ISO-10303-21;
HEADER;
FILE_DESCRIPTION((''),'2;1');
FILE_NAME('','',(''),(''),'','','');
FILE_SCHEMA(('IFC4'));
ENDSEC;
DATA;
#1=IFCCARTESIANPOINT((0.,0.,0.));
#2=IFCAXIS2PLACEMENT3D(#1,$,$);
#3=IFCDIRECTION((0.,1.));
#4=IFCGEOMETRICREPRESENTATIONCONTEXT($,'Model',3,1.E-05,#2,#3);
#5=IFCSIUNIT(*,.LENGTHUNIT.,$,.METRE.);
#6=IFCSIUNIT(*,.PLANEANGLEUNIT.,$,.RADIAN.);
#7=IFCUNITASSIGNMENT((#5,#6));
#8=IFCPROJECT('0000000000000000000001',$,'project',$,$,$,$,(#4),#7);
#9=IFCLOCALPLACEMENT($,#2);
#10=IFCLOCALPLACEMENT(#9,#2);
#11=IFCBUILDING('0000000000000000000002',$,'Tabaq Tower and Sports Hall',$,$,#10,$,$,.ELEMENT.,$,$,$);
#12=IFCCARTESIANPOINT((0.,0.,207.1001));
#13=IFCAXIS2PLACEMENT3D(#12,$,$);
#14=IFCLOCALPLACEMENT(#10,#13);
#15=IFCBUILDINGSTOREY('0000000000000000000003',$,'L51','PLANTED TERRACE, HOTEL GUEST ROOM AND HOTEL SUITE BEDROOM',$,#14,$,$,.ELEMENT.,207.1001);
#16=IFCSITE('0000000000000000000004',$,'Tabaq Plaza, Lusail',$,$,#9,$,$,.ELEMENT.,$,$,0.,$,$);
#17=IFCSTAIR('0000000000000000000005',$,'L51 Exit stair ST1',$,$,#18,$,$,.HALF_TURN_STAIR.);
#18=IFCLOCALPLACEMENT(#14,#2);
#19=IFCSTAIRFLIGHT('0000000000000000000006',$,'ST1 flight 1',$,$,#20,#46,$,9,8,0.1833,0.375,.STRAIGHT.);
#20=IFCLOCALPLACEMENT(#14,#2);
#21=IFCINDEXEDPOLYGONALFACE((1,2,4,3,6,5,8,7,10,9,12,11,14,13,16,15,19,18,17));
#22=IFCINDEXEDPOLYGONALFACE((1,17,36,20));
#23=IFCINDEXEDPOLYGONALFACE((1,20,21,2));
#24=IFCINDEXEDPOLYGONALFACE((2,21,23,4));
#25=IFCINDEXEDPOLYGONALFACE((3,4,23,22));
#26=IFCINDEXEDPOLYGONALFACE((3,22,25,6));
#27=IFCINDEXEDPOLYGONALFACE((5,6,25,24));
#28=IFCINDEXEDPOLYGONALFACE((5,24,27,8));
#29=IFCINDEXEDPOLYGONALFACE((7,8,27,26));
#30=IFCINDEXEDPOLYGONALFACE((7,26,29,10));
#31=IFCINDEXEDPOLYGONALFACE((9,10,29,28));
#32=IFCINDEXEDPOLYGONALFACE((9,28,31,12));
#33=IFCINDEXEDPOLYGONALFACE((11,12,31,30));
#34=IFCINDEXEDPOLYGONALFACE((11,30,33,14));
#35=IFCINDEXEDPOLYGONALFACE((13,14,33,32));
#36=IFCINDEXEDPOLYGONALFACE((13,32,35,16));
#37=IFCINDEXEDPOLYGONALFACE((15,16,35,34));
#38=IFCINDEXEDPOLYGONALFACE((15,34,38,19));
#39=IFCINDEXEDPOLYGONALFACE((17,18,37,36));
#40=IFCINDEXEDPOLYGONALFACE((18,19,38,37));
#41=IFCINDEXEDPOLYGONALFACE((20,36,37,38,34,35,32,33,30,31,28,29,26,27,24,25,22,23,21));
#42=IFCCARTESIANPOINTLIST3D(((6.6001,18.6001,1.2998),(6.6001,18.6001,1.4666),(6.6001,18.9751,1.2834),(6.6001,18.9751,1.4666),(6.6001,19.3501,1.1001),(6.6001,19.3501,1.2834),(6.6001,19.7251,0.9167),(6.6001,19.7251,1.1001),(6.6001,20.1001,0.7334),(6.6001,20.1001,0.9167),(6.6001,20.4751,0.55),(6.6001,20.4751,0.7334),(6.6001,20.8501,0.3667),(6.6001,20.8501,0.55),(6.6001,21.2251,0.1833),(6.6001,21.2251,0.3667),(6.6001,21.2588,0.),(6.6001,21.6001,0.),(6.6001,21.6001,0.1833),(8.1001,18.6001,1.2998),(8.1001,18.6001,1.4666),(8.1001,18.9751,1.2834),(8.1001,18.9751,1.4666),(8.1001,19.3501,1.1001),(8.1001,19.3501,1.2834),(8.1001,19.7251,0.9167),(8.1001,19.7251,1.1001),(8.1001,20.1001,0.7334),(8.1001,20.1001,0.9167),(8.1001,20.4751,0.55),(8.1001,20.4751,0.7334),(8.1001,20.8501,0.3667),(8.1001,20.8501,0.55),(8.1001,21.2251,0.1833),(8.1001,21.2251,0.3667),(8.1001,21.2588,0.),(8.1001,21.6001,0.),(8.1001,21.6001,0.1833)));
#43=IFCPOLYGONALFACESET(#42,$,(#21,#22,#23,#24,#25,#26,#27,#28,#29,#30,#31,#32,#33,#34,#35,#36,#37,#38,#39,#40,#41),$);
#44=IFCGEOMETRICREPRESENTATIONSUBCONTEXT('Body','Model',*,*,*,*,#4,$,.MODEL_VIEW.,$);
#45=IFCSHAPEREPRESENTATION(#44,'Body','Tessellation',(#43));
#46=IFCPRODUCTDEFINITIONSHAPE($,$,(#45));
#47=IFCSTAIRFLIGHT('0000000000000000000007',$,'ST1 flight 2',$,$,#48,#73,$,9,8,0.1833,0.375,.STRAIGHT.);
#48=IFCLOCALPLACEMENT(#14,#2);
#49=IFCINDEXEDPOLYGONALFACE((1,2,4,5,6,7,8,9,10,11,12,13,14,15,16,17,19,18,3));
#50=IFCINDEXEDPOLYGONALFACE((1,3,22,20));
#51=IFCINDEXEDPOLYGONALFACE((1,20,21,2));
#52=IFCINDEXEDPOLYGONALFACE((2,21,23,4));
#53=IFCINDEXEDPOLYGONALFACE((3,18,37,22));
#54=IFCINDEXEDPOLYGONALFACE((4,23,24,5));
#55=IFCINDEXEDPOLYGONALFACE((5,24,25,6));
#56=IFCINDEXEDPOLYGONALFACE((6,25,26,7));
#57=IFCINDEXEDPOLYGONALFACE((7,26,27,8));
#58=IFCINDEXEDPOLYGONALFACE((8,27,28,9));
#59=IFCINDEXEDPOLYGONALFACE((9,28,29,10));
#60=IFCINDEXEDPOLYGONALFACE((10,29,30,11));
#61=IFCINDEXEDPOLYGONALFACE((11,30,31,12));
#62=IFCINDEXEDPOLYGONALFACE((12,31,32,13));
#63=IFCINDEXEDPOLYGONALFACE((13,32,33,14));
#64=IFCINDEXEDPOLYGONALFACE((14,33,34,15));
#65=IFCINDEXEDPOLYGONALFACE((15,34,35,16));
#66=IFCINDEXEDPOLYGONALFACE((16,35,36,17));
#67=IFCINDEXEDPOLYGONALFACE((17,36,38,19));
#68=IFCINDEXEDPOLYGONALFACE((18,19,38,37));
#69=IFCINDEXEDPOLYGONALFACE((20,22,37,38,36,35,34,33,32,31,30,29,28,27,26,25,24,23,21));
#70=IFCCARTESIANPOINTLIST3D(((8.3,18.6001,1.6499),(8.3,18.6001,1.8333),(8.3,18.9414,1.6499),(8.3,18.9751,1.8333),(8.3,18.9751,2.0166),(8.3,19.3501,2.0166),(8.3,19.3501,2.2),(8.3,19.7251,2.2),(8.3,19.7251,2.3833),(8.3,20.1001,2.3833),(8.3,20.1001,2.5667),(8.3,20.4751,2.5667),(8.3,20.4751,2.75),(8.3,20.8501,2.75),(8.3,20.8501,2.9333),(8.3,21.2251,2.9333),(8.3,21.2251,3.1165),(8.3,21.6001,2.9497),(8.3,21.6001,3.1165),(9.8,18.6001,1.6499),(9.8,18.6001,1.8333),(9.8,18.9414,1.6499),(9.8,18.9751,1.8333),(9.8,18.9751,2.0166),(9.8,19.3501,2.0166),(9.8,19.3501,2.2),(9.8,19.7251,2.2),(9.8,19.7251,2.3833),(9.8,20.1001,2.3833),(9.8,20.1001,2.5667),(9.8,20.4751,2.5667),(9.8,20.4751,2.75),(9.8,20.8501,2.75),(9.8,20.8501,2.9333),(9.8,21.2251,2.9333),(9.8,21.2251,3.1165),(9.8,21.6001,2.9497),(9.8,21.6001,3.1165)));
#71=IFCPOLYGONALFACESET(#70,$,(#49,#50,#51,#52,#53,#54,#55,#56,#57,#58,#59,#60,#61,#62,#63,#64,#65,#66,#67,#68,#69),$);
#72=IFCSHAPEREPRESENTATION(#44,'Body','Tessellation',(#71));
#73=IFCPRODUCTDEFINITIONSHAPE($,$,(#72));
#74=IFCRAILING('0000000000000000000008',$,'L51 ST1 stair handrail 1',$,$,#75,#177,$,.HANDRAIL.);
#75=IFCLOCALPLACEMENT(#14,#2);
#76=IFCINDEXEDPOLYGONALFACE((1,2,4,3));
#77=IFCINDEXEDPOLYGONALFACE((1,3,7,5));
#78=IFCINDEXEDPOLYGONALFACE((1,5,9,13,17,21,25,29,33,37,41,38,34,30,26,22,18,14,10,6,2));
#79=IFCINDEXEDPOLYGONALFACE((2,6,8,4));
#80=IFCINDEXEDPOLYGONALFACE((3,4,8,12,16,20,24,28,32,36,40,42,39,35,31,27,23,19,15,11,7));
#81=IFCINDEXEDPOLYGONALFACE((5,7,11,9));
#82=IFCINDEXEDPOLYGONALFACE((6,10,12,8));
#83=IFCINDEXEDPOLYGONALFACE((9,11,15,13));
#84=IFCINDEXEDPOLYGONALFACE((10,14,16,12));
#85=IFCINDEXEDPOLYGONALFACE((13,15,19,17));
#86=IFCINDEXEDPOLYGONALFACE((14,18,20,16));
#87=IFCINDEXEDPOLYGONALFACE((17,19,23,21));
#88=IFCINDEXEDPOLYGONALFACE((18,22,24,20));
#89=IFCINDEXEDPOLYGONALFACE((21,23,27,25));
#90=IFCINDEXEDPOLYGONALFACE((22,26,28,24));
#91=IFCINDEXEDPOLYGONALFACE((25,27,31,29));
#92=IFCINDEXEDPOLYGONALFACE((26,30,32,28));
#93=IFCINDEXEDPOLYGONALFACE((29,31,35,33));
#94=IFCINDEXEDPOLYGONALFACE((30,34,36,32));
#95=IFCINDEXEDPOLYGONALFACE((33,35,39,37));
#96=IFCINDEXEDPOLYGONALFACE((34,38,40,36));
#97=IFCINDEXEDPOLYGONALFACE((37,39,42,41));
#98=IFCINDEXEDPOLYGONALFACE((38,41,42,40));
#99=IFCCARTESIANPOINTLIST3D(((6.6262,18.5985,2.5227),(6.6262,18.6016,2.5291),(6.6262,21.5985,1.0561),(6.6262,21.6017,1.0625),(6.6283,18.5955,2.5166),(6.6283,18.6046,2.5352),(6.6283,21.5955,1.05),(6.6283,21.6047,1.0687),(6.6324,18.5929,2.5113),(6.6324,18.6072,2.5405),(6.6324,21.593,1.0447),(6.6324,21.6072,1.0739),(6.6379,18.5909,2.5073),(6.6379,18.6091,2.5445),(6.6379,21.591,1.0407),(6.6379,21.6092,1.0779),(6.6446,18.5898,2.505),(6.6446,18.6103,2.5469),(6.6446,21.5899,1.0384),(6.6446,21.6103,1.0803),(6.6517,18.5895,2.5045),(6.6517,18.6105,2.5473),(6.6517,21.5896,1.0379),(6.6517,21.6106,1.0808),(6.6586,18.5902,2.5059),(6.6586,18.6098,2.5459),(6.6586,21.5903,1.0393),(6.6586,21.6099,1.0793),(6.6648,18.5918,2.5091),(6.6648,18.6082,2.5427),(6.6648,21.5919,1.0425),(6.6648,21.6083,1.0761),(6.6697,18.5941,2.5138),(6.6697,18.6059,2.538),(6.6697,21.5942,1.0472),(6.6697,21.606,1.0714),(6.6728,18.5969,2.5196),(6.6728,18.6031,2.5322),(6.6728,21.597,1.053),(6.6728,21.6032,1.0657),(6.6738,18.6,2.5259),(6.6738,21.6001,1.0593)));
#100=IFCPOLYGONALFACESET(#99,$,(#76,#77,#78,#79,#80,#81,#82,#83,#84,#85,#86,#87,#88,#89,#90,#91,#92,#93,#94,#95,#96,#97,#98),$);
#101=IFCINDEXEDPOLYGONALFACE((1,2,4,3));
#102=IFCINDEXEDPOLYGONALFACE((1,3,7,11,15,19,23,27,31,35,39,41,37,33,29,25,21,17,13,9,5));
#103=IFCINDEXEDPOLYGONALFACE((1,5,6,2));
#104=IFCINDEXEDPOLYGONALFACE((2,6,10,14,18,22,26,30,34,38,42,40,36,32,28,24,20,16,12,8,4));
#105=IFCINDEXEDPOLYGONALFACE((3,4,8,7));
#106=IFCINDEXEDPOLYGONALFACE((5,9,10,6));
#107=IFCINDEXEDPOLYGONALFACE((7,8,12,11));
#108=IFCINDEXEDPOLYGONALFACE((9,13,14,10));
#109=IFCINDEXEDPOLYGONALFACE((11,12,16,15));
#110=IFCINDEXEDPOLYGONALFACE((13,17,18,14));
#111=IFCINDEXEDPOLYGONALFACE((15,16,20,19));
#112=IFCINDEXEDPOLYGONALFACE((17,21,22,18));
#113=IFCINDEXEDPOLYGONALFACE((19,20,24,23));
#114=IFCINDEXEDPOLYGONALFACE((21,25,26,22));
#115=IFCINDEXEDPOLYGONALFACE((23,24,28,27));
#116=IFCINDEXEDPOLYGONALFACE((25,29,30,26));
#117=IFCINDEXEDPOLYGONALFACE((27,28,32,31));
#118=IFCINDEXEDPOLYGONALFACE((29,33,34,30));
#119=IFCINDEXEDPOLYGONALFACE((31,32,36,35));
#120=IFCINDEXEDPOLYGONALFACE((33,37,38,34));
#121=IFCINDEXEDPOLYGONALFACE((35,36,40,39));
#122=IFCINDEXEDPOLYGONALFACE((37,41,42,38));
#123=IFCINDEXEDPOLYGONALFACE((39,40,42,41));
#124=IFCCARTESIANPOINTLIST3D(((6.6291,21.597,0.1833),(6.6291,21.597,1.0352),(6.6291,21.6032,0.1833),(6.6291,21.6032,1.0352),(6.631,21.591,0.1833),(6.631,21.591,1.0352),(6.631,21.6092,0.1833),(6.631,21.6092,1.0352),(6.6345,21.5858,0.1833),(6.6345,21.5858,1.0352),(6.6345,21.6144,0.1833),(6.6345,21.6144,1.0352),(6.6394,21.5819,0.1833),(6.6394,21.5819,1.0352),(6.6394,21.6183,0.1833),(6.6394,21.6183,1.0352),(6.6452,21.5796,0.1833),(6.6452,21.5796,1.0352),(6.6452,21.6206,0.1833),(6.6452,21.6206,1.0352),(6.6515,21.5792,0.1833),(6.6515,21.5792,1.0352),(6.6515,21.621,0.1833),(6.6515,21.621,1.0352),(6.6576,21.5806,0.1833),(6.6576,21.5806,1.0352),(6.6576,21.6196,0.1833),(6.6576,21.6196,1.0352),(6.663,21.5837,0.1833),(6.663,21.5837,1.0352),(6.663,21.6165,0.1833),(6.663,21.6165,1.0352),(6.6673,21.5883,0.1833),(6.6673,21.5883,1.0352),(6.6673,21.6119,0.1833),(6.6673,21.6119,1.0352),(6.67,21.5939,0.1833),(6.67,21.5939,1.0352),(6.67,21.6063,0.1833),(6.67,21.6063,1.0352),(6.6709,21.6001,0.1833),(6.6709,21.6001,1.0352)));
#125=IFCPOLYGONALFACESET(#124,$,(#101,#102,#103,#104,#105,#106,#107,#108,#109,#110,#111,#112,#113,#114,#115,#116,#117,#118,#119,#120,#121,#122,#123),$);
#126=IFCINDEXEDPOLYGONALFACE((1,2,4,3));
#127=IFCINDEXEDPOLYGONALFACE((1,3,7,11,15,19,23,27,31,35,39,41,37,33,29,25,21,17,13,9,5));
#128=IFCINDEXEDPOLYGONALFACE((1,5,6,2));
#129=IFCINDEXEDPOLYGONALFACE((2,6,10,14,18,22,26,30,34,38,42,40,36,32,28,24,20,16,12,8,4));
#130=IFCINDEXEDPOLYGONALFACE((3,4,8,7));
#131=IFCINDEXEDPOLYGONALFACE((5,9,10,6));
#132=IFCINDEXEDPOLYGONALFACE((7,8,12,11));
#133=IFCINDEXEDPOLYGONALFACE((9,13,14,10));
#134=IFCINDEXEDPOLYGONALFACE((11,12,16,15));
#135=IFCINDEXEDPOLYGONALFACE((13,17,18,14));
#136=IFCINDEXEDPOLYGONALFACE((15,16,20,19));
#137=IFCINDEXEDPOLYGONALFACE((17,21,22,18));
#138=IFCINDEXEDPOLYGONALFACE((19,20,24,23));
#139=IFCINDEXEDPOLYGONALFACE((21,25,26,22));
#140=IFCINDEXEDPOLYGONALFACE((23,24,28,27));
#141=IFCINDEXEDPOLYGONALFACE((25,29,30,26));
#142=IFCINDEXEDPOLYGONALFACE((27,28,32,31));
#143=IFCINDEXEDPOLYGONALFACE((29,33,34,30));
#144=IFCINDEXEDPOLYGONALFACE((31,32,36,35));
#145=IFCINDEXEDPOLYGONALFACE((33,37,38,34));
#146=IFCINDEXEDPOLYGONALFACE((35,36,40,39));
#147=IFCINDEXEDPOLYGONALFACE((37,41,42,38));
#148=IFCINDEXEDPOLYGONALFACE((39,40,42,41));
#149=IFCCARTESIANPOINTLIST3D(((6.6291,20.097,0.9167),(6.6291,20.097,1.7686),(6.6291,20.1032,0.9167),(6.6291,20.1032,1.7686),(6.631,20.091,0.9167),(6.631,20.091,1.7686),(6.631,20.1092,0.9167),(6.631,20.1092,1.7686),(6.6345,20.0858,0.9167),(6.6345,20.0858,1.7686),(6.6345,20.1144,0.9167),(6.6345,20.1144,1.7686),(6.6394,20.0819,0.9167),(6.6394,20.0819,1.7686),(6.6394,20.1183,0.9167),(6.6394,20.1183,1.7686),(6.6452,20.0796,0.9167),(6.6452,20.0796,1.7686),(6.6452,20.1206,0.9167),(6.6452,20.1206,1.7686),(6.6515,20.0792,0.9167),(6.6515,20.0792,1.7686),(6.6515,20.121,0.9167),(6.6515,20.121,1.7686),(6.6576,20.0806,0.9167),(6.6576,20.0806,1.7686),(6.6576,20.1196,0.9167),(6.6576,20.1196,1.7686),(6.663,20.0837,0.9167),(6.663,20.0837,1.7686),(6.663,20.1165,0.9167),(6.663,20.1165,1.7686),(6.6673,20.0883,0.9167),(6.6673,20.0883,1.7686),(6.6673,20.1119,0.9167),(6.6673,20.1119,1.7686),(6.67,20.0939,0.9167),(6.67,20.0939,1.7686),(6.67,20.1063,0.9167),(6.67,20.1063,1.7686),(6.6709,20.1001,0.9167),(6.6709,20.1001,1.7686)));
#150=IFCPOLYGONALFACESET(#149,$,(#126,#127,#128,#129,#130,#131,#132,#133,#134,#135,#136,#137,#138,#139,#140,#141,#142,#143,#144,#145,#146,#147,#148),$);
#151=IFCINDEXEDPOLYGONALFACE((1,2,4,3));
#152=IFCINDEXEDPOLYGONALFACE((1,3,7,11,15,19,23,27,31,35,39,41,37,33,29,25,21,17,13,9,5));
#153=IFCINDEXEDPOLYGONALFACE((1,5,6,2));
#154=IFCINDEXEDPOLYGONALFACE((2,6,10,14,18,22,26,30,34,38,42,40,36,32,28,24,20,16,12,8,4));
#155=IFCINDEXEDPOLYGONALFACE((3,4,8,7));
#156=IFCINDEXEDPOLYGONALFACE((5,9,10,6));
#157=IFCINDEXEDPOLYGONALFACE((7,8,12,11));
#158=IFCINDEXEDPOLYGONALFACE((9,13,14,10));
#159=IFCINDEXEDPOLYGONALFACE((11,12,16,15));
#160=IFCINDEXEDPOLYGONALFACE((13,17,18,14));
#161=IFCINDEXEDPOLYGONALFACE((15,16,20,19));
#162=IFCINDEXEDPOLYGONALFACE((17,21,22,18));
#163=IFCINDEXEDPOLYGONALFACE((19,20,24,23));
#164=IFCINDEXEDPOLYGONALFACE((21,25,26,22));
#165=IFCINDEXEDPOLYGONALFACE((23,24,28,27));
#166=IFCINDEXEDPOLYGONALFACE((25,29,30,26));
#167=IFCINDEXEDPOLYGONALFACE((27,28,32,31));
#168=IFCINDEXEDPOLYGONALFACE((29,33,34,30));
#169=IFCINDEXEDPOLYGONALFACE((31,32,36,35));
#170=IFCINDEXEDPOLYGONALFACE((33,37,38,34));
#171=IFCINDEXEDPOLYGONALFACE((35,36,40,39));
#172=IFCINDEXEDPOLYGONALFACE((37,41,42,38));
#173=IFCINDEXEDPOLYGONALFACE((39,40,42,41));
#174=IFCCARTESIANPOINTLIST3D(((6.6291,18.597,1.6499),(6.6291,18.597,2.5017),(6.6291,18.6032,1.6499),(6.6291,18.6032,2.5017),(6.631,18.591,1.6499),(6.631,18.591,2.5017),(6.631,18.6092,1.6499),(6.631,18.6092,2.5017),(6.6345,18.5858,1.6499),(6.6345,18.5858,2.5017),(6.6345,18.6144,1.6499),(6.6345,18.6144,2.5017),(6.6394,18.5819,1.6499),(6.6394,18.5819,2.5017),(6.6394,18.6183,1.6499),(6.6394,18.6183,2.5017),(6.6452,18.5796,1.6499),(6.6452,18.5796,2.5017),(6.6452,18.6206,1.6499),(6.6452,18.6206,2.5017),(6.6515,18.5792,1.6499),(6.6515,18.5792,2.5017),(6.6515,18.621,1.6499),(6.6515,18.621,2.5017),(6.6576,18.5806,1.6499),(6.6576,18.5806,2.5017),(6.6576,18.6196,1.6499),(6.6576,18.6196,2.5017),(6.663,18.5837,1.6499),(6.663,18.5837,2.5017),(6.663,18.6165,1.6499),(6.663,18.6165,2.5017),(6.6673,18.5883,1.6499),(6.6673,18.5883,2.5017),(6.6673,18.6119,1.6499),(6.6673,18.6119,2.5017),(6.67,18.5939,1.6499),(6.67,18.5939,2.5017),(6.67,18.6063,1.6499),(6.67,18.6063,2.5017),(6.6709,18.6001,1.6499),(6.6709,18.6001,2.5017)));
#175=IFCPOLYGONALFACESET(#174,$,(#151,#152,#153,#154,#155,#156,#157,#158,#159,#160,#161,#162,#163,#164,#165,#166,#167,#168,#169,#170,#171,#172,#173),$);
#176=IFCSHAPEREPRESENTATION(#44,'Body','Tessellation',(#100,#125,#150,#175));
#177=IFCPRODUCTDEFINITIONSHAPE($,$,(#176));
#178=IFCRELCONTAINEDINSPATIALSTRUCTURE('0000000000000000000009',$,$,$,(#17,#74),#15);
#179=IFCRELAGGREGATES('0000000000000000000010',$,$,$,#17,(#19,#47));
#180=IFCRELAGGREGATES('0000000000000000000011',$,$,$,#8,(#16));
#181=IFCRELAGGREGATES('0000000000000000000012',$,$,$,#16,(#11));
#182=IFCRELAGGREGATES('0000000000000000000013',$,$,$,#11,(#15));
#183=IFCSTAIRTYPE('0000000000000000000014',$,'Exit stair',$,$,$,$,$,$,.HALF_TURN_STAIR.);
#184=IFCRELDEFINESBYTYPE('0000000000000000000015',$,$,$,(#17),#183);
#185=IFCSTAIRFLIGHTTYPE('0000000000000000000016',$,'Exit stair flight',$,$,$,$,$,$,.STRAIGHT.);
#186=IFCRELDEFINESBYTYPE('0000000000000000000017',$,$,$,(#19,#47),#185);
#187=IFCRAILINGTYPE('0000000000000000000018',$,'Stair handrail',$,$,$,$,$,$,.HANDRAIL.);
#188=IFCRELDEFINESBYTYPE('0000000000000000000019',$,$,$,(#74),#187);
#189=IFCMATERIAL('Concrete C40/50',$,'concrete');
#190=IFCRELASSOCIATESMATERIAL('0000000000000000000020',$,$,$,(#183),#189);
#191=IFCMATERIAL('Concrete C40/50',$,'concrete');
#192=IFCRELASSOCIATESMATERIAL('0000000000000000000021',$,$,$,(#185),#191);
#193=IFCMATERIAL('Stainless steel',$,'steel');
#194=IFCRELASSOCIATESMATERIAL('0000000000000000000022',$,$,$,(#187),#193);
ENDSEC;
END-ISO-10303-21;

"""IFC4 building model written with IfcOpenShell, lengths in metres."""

from ifc_helpers import new_model, si_unit, direction, frame, origin, origin_2d, place, context, subcontext, project, spatial, polyline, circle, outline, extrude, material, type_object, element, aggregate, save


model = new_model("IFC4")

# Units and contexts
model_context = context("Model", 3, precision=1e-05, world=origin(), true_north=direction((0.0, 1.0)))
body_context = subcontext(model_context, "Body", "Model", "MODEL_VIEW")
ifc_project = project(units=[si_unit("LENGTHUNIT", "METRE"), si_unit("PLANEANGLEUNIT", "RADIAN")], contexts=[model_context])

# Site, building, storey
site_placement = place(None, origin())
site = spatial("IfcSite", under=ifc_project, at=site_placement, Name="Tabaq Plaza, Lusail", CompositionType="ELEMENT", RefElevation=0.0)
building_placement = place(site_placement, origin())
building = spatial("IfcBuilding", under=site, at=building_placement, Name="Tabaq Tower and Sports Hall", CompositionType="ELEMENT")
storey_placement = place(building_placement, frame((0.0, 0.0, 207.1001)))
storey = spatial("IfcBuildingStorey", under=building, at=storey_placement, Name="L51", Description="PLANTED TERRACE, HOTEL GUEST ROOM AND HOTEL SUITE BEDROOM", CompositionType="ELEMENT", Elevation=207.1001)

# Stair, stair flights
ifc_material_1 = material(Name="Concrete C40/50", Category="concrete")
stair_type = type_object("IfcStairType", Name="Exit stair", PredefinedType="HALF_TURN_STAIR", material=ifc_material_1)
stair_placement = place(storey_placement, origin())
stair = element("IfcStair", 1, at=stair_placement, inside=storey, type_object=stair_type, Name="L51 Exit stair ST1", PredefinedType="HALF_TURN_STAIR")
ifc_material_2 = material(Name="Concrete C40/50", Category="concrete")
stair_flight_type = type_object("IfcStairFlightType", Name="Exit stair flight", PredefinedType="STRAIGHT", material=ifc_material_2)
stair_flight_1_placement = place(storey_placement, frame((7.3501, 21.6001, 0.0), z_axis=(0.0, 0.0, 1.0), x_axis=(0.0, -1.0, 0.0)))
stair_flight_1 = element("IfcStairFlight", 2, at=stair_flight_1_placement, type_object=stair_flight_type, Name="ST1 flight 1", NumberOfRisers=9, NumberOfTreads=8, PredefinedType="STRAIGHT", RiserHeight=0.1833, TreadLength=0.375, context=body_context, shape_type="SweptSolid", body=[
    extrude(outline(polyline([(0.0, 0.0), (0.0, 0.1833), (0.375, 0.1833), (0.375, 0.3667), (0.75, 0.3667), (0.75, 0.55), (1.125, 0.55), (1.125, 0.7334), (1.5, 0.7334), (1.5, 0.9167), (1.875, 0.9167), (1.875, 1.1001), (2.25, 1.1001), (2.25, 1.2834), (2.625, 1.2834), (2.625, 1.4666), (3.0, 1.4666), (3.0, 1.6499), (3.0, 1.2998), (0.3413, 0.0), (0.0, 0.0)])), frame((0.0, 0.75, 0.0), z_axis=(0.0, -1.0, 0.0), x_axis=(1.0, 0.0, 0.0)), (0.0, 0.0, 1.0), 1.5),
])
stair_flight_2_placement = place(storey_placement, frame((9.05, 18.6001, 1.6499), z_axis=(0.0, 0.0, 1.0), x_axis=(0.0, 1.0, 0.0)))
stair_flight_2 = element("IfcStairFlight", 3, at=stair_flight_2_placement, type_object=stair_flight_type, Name="ST1 flight 2", NumberOfRisers=9, NumberOfTreads=8, PredefinedType="STRAIGHT", RiserHeight=0.1833, TreadLength=0.375, context=body_context, shape_type="SweptSolid", body=[
    extrude(outline(polyline([(0.0, 0.0), (0.0, 0.1833), (0.375, 0.1833), (0.375, 0.3667), (0.75, 0.3667), (0.75, 0.55), (1.125, 0.55), (1.125, 0.7334), (1.5, 0.7334), (1.5, 0.9167), (1.875, 0.9167), (1.875, 1.1001), (2.25, 1.1001), (2.25, 1.2834), (2.625, 1.2834), (2.625, 1.4666), (3.0, 1.4666), (3.0, 1.6499), (3.0, 1.2998), (0.3413, 0.0), (0.0, 0.0)])), frame((0.0, 0.75, 0.0), z_axis=(0.0, -1.0, 0.0), x_axis=(1.0, 0.0, 0.0)), (0.0, 0.0, 1.0), 1.5),
])
aggregate(stair, [stair_flight_1, stair_flight_2])

# Railing
ifc_material_3 = material(Name="Stainless steel", Category="steel")
railing_type_1 = type_object("IfcRailingType", Name="Stair handrail", PredefinedType="HANDRAIL", material=ifc_material_3)
railing_1_placement = place(storey_placement, frame((6.6499, 21.6001, 0.1833)))
element("IfcRailing", 4, at=railing_1_placement, inside=storey, type_object=railing_type_1, Name="L51 ST1 stair handrail 1", PredefinedType="HANDRAIL", context=body_context, shape_type="SweptSolid", body=[
    extrude(circle(Radius=0.0239, at=origin_2d()), frame((0.0, 0.0, 0.876), z_axis=(0.0, -0.898398, 0.439183), x_axis=(1.0, 0.0, 0.0)), (0.0, 0.0, 1.0), 3.3394),
    extrude(circle(Radius=0.021, at=origin_2d()), origin(), (0.0, 0.0, 1.0), 0.8518),
    extrude(circle(Radius=0.021, at=origin_2d()), frame((0.0, -1.5, 0.7334)), (0.0, 0.0, 1.0), 0.8518),
    extrude(circle(Radius=0.021, at=origin_2d()), frame((0.0, -3.0, 1.4666)), (0.0, 0.0, 1.0), 0.8518),
])

save(model, "model.ifc")
